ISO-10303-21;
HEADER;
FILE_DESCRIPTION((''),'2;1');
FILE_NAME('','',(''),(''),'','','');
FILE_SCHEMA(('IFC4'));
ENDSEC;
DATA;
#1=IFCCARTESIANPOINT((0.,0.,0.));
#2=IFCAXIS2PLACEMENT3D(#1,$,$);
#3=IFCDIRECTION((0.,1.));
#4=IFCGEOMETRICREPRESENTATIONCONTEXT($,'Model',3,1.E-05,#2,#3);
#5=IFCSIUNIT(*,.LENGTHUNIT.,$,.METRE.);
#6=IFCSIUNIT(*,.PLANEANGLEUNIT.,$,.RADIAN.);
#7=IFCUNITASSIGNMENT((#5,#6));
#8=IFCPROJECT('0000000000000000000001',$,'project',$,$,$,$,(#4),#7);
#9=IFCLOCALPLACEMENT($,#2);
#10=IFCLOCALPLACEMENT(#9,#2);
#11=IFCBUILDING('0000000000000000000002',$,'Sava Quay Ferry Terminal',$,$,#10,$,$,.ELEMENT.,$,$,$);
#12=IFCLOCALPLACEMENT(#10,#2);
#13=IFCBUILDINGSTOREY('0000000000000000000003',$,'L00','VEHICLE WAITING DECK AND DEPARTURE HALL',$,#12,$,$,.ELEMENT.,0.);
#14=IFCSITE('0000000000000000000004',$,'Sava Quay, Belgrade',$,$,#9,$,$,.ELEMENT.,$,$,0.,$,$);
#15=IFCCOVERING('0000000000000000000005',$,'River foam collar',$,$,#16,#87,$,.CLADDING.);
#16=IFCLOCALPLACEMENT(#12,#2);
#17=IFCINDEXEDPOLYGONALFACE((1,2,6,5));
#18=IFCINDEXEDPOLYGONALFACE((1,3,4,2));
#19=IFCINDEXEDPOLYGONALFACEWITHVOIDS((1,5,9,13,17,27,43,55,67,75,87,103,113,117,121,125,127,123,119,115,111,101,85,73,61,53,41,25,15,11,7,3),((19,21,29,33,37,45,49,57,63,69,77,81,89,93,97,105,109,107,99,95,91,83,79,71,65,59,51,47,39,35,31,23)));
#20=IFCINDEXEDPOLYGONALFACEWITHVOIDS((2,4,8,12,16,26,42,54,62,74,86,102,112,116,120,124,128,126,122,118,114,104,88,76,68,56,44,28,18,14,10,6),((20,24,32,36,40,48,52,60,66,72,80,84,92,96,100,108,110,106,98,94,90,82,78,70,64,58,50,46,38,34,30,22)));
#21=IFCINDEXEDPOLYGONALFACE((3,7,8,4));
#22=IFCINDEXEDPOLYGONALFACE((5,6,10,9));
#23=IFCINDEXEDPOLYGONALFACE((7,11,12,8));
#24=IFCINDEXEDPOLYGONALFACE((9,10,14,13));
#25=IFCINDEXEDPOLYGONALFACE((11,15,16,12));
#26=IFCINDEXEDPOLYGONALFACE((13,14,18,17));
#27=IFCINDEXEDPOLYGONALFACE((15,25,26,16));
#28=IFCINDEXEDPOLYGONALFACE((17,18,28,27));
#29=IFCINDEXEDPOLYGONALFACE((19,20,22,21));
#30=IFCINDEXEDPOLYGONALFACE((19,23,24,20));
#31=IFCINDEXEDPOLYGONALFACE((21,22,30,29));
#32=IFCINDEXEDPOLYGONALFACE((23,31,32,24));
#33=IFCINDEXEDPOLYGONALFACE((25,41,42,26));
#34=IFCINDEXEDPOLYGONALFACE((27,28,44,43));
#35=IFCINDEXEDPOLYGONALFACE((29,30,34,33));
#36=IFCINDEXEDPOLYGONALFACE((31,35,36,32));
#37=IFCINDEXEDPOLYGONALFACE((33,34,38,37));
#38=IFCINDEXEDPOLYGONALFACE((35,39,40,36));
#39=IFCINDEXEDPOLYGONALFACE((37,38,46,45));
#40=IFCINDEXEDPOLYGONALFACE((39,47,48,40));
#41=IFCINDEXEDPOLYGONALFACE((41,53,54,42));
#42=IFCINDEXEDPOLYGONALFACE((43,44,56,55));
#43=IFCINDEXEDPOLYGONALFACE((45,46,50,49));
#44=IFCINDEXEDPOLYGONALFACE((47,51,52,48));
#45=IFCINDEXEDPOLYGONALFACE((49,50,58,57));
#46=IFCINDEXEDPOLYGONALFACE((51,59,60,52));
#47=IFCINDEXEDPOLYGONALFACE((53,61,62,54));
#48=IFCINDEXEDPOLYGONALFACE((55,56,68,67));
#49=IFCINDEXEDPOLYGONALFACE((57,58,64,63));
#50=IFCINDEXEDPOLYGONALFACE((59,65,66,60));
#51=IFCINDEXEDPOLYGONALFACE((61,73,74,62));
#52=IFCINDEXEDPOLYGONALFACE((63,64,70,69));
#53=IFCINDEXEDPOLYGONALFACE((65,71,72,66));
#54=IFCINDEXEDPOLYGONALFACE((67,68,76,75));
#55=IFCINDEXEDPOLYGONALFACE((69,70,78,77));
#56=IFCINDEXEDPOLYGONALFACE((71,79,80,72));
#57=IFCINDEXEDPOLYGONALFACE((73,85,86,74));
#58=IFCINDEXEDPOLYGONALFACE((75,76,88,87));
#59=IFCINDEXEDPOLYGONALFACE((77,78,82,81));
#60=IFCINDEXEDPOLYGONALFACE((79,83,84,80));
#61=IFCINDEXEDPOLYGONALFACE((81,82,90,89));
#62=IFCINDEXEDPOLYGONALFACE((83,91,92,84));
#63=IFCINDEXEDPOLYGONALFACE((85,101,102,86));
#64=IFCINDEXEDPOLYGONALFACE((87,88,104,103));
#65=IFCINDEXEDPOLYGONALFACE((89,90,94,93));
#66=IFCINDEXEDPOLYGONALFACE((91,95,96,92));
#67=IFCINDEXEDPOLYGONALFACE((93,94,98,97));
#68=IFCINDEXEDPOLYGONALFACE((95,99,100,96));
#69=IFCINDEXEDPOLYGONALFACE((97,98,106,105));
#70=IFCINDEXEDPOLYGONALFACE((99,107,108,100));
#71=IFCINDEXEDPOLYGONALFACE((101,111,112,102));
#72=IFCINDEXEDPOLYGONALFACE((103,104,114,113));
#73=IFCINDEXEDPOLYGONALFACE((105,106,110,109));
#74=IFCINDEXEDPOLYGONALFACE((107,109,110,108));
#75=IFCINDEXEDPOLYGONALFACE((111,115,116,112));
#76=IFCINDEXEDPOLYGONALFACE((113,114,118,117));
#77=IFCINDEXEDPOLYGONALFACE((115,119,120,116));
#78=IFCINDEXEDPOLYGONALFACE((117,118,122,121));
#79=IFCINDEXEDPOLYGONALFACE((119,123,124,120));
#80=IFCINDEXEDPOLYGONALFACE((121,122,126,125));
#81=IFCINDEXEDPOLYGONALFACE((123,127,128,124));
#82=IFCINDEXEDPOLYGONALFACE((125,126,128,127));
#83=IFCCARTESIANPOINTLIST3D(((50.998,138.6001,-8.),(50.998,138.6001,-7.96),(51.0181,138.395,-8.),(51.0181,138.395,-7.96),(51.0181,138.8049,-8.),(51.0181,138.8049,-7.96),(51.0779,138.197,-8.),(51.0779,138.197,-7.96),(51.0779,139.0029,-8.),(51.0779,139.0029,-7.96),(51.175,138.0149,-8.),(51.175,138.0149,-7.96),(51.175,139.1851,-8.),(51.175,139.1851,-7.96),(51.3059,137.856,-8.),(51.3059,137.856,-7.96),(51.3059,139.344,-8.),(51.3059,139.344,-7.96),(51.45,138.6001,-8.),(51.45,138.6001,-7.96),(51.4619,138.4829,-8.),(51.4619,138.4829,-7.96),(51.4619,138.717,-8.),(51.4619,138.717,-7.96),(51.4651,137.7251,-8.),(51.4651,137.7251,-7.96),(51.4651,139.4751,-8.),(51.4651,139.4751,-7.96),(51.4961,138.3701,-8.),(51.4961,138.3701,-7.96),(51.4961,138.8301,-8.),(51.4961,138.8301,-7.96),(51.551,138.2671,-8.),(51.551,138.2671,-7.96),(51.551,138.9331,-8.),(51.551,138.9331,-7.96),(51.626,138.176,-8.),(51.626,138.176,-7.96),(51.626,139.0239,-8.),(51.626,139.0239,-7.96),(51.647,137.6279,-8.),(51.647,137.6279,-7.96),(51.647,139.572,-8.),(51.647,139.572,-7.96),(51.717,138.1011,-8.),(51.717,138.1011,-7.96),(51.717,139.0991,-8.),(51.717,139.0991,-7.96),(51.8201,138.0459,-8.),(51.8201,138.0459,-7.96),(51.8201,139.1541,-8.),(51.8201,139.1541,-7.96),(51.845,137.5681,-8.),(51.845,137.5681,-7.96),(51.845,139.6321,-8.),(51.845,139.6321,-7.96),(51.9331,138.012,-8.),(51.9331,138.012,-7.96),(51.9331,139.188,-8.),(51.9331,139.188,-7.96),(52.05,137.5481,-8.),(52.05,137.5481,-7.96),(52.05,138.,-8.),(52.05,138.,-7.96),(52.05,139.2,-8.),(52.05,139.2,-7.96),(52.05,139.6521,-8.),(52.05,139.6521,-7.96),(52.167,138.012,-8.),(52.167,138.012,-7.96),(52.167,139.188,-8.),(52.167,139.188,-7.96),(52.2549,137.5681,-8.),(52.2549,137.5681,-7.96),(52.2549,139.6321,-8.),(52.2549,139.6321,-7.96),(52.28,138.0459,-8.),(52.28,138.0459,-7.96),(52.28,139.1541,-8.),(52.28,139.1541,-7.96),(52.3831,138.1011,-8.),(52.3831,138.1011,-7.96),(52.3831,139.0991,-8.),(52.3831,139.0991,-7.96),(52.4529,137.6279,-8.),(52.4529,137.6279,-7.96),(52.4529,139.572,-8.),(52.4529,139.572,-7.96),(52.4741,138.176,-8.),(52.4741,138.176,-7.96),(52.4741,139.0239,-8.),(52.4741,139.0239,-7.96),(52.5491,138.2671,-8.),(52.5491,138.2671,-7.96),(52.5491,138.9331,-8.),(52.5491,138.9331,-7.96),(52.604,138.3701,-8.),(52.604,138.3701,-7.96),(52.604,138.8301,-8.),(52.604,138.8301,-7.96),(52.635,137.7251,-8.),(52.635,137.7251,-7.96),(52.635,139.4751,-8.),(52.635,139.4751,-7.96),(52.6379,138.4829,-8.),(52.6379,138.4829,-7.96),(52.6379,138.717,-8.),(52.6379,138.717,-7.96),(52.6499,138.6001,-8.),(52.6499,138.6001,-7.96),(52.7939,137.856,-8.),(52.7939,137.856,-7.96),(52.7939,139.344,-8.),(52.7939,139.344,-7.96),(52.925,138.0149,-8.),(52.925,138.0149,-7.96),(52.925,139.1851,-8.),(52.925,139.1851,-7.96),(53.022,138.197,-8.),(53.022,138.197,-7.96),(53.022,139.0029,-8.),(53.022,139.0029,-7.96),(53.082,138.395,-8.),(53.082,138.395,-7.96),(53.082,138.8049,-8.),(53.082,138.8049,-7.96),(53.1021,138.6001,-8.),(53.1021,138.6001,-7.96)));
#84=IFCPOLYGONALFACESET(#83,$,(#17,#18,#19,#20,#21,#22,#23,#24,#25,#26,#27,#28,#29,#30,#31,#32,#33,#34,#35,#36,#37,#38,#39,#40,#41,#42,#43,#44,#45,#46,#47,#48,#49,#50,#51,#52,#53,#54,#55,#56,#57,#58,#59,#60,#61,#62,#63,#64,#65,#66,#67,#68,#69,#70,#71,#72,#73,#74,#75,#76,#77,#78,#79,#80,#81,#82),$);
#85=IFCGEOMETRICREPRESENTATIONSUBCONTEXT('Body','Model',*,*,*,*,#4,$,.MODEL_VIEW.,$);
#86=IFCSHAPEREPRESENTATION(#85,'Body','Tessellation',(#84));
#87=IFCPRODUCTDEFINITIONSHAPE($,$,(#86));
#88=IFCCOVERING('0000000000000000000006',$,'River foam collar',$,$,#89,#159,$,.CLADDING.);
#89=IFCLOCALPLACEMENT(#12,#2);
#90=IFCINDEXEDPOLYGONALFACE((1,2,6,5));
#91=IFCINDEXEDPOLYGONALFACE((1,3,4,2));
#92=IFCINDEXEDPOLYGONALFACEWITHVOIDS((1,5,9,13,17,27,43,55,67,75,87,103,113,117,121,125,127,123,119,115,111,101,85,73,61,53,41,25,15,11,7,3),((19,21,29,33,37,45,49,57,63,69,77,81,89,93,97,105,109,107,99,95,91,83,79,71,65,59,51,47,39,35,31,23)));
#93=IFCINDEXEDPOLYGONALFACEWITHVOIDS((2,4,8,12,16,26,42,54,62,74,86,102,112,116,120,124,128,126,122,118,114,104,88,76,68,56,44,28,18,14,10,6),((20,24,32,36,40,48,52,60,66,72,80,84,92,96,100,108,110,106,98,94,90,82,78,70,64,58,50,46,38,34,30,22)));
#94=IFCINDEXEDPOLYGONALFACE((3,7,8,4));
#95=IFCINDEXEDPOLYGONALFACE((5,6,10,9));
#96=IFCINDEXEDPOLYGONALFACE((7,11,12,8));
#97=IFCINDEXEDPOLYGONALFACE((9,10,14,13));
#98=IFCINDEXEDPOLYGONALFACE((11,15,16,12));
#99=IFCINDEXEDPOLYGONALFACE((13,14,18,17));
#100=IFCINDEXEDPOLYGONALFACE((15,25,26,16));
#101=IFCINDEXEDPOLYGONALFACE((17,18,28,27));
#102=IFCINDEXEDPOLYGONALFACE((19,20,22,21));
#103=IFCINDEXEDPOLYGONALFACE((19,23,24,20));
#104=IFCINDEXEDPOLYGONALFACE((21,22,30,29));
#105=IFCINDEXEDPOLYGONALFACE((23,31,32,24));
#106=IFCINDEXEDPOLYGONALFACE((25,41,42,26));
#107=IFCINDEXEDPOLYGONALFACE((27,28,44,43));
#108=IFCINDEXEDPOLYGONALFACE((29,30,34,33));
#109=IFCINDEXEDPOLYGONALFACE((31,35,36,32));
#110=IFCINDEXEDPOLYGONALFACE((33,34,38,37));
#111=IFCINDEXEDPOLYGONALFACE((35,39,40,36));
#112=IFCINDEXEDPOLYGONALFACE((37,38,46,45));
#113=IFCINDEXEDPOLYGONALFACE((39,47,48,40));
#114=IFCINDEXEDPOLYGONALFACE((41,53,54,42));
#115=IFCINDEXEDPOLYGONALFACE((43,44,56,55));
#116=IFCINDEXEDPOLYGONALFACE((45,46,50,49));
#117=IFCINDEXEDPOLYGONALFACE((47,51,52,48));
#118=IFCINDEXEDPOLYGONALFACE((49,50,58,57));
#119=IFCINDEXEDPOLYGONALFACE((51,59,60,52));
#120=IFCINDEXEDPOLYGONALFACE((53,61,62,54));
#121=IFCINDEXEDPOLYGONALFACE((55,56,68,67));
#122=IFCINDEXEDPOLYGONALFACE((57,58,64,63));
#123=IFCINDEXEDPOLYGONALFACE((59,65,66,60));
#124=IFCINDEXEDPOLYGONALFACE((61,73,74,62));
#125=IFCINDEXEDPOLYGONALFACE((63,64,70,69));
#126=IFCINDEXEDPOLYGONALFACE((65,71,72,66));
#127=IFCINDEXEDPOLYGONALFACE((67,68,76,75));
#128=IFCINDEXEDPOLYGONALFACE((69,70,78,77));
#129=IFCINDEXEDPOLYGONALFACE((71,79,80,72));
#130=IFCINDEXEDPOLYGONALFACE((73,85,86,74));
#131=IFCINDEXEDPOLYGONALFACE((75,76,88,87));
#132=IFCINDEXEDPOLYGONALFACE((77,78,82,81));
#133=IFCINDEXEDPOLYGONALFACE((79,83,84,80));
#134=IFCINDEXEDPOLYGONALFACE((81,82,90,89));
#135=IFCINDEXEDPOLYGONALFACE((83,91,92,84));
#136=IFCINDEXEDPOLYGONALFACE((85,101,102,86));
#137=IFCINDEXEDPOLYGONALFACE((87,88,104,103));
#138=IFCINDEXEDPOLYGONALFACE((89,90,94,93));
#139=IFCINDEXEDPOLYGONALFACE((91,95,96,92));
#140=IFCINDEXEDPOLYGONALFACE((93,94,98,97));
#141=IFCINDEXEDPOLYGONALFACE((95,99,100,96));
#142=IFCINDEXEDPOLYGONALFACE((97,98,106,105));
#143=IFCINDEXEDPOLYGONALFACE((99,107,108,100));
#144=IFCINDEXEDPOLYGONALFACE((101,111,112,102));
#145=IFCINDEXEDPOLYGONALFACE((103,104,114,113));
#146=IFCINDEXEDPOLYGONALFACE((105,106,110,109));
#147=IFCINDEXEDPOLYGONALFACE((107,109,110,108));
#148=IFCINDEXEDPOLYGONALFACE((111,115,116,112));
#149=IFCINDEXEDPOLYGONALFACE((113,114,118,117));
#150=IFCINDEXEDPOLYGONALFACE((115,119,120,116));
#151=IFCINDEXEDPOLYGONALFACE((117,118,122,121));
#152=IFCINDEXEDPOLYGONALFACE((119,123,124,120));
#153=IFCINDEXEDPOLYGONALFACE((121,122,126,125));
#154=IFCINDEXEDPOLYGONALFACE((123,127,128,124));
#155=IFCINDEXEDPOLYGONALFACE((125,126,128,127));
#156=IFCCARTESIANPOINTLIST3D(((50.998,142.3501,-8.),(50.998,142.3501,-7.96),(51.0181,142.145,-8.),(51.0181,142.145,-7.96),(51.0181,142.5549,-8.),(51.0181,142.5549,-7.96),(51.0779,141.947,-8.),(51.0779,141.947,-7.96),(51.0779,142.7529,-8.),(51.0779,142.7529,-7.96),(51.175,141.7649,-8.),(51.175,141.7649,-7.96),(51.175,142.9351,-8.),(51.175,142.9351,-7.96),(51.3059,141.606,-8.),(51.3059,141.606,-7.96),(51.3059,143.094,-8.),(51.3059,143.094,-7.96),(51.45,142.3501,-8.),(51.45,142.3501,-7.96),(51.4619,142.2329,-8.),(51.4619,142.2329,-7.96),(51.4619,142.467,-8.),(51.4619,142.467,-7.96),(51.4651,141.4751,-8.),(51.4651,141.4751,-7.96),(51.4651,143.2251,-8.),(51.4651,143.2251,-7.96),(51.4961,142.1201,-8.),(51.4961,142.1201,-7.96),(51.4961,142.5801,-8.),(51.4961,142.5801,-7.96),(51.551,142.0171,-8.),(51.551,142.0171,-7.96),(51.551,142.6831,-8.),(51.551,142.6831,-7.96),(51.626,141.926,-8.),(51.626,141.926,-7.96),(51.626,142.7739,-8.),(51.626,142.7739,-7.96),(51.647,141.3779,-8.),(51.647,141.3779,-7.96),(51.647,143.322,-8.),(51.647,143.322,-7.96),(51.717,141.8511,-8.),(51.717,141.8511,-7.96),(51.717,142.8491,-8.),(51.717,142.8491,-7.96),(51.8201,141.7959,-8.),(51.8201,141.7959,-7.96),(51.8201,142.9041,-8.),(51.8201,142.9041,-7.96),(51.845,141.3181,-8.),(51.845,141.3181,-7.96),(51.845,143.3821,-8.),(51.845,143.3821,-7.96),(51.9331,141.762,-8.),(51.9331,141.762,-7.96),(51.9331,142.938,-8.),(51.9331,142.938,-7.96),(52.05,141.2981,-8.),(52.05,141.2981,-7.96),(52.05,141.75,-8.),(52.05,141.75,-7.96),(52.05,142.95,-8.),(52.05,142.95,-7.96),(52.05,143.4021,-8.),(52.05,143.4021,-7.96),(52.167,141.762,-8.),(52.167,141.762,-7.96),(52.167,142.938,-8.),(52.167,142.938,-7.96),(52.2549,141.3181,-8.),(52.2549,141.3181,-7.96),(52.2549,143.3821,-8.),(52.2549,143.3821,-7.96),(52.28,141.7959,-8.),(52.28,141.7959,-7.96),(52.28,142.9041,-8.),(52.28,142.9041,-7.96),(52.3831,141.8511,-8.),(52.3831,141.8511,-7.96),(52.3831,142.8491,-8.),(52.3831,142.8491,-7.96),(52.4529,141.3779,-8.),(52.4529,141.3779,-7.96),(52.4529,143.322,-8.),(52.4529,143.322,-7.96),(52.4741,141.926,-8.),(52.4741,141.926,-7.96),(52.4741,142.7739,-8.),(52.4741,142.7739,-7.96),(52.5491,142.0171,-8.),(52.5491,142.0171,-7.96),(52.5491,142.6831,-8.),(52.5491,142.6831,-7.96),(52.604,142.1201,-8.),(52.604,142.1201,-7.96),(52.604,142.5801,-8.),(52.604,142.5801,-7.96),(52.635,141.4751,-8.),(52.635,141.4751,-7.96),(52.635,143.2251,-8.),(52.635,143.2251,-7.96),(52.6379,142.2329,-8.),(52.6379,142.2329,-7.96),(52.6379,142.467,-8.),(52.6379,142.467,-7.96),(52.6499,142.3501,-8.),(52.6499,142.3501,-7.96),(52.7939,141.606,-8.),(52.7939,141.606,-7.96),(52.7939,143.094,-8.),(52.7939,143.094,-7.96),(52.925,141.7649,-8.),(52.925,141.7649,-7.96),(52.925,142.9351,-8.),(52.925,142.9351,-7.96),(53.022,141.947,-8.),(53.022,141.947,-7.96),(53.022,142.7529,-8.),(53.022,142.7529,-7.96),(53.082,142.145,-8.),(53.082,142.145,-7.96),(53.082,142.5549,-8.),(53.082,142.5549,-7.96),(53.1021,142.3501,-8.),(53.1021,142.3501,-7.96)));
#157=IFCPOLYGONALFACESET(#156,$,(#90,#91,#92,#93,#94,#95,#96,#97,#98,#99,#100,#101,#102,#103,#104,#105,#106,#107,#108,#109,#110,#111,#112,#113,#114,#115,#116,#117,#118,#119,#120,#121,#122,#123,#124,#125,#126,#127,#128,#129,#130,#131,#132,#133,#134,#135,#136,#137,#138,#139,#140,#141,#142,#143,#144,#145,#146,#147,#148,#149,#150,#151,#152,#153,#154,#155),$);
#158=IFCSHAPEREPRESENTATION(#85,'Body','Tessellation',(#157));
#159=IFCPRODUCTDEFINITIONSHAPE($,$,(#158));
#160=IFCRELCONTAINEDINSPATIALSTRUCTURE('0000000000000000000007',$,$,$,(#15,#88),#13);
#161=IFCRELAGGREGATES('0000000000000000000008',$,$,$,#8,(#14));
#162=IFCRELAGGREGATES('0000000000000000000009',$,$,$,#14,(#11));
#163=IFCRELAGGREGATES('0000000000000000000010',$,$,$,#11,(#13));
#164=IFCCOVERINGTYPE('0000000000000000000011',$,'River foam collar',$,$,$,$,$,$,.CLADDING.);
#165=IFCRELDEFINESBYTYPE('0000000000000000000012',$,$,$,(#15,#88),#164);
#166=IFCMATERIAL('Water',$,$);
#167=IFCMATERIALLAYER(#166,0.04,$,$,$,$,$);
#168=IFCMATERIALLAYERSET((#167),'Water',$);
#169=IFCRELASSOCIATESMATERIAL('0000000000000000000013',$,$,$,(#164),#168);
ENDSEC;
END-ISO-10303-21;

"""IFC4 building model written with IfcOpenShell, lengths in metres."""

from ifc_helpers import new_model, si_unit, direction, frame, origin, place, context, subcontext, project, spatial, polyline, outline, extrude, material, layer, layer_set, type_object, element, save


model = new_model("IFC4")

# Units and contexts
model_context = context("Model", 3, precision=1e-05, world=origin(), true_north=direction((0.0, 1.0)))
body_context = subcontext(model_context, "Body", "Model", "MODEL_VIEW")
ifc_project = project(units=[si_unit("LENGTHUNIT", "METRE"), si_unit("PLANEANGLEUNIT", "RADIAN")], contexts=[model_context])

# Site, building, storey
site_placement = place(None, origin())
site = spatial("IfcSite", under=ifc_project, at=site_placement, Name="Sava Quay, Belgrade", CompositionType="ELEMENT", RefElevation=0.0)
building_placement = place(site_placement, origin())
building = spatial("IfcBuilding", under=site, at=building_placement, Name="Sava Quay Ferry Terminal", CompositionType="ELEMENT")
storey_placement = place(building_placement, origin())
storey = spatial("IfcBuildingStorey", under=building, at=storey_placement, Name="L00", Description="VEHICLE WAITING DECK AND DEPARTURE HALL", CompositionType="ELEMENT", Elevation=0.0)

# Coverings
ifc_material = material(Name="Water")
ifc_layer = layer(ifc_material, 0.04)
ifc_layer_set = layer_set([ifc_layer], Name="Water")
covering_type = type_object("IfcCoveringType", Name="River foam collar", PredefinedType="CLADDING", material=ifc_layer_set)
covering_1_placement = place(storey_placement, frame((0.0, 0.0, -8.0)))
element("IfcCovering", 1, at=covering_1_placement, inside=storey, type_object=covering_type, Name="River foam collar", PredefinedType="CLADDING", context=body_context, shape_type="SweptSolid", body=[
    extrude(outline(polyline([(52.4529, 139.572), (52.2549, 139.6321), (52.05, 139.6521), (51.845, 139.6321), (51.647, 139.572), (51.4651, 139.4751), (51.3059, 139.344), (51.175, 139.1851), (51.0779, 139.0029), (51.0181, 138.8049), (50.998, 138.6001), (51.0181, 138.395), (51.0779, 138.197), (51.175, 138.0149), (51.3059, 137.856), (51.4651, 137.7251), (51.647, 137.6279), (51.845, 137.5681), (52.05, 137.5481), (52.2549, 137.5681), (52.4529, 137.6279), (52.635, 137.7251), (52.7939, 137.856), (52.925, 138.0149), (53.022, 138.197), (53.082, 138.395), (53.1021, 138.6001), (53.082, 138.8049), (53.022, 139.0029), (52.925, 139.1851), (52.7939, 139.344), (52.635, 139.4751), (52.4529, 139.572)]), holes=[polyline([(52.28, 138.0459), (52.167, 138.012), (52.05, 138.0), (51.9331, 138.012), (51.8201, 138.0459), (51.717, 138.1011), (51.626, 138.176), (51.551, 138.2671), (51.4961, 138.3701), (51.4619, 138.4829), (51.45, 138.6001), (51.4619, 138.717), (51.4961, 138.8301), (51.551, 138.9331), (51.626, 139.0239), (51.717, 139.0991), (51.8201, 139.1541), (51.9331, 139.188), (52.05, 139.2), (52.167, 139.188), (52.28, 139.1541), (52.3831, 139.0991), (52.4741, 139.0239), (52.5491, 138.9331), (52.604, 138.8301), (52.6379, 138.717), (52.6499, 138.6001), (52.6379, 138.4829), (52.604, 138.3701), (52.5491, 138.2671), (52.4741, 138.176), (52.3831, 138.1011), (52.28, 138.0459)])]), origin(), (0.0, 0.0, 1.0), 0.04),
])
covering_2_placement = place(storey_placement, frame((0.0, 0.0, -8.0)))
element("IfcCovering", 2, at=covering_2_placement, inside=storey, type_object=covering_type, Name="River foam collar", PredefinedType="CLADDING", context=body_context, shape_type="SweptSolid", body=[
    extrude(outline(polyline([(52.635, 143.2251), (52.4529, 143.322), (52.2549, 143.3821), (52.05, 143.4021), (51.845, 143.3821), (51.647, 143.322), (51.4651, 143.2251), (51.3059, 143.094), (51.175, 142.9351), (51.0779, 142.7529), (51.0181, 142.5549), (50.998, 142.3501), (51.0181, 142.145), (51.0779, 141.947), (51.175, 141.7649), (51.3059, 141.606), (51.4651, 141.4751), (51.647, 141.3779), (51.845, 141.3181), (52.05, 141.2981), (52.2549, 141.3181), (52.4529, 141.3779), (52.635, 141.4751), (52.7939, 141.606), (52.925, 141.7649), (53.022, 141.947), (53.082, 142.145), (53.1021, 142.3501), (53.082, 142.5549), (53.022, 142.7529), (52.925, 142.9351), (52.7939, 143.094), (52.635, 143.2251)]), holes=[polyline([(52.3831, 141.8511), (52.28, 141.7959), (52.167, 141.762), (52.05, 141.75), (51.9331, 141.762), (51.8201, 141.7959), (51.717, 141.8511), (51.626, 141.926), (51.551, 142.0171), (51.4961, 142.1201), (51.4619, 142.2329), (51.45, 142.3501), (51.4619, 142.467), (51.4961, 142.5801), (51.551, 142.6831), (51.626, 142.7739), (51.717, 142.8491), (51.8201, 142.9041), (51.9331, 142.938), (52.05, 142.95), (52.167, 142.938), (52.28, 142.9041), (52.3831, 142.8491), (52.4741, 142.7739), (52.5491, 142.6831), (52.604, 142.5801), (52.6379, 142.467), (52.6499, 142.3501), (52.6379, 142.2329), (52.604, 142.1201), (52.5491, 142.0171), (52.4741, 141.926), (52.3831, 141.8511)])]), origin(), (0.0, 0.0, 1.0), 0.04),
])

save(model, "model.ifc")
